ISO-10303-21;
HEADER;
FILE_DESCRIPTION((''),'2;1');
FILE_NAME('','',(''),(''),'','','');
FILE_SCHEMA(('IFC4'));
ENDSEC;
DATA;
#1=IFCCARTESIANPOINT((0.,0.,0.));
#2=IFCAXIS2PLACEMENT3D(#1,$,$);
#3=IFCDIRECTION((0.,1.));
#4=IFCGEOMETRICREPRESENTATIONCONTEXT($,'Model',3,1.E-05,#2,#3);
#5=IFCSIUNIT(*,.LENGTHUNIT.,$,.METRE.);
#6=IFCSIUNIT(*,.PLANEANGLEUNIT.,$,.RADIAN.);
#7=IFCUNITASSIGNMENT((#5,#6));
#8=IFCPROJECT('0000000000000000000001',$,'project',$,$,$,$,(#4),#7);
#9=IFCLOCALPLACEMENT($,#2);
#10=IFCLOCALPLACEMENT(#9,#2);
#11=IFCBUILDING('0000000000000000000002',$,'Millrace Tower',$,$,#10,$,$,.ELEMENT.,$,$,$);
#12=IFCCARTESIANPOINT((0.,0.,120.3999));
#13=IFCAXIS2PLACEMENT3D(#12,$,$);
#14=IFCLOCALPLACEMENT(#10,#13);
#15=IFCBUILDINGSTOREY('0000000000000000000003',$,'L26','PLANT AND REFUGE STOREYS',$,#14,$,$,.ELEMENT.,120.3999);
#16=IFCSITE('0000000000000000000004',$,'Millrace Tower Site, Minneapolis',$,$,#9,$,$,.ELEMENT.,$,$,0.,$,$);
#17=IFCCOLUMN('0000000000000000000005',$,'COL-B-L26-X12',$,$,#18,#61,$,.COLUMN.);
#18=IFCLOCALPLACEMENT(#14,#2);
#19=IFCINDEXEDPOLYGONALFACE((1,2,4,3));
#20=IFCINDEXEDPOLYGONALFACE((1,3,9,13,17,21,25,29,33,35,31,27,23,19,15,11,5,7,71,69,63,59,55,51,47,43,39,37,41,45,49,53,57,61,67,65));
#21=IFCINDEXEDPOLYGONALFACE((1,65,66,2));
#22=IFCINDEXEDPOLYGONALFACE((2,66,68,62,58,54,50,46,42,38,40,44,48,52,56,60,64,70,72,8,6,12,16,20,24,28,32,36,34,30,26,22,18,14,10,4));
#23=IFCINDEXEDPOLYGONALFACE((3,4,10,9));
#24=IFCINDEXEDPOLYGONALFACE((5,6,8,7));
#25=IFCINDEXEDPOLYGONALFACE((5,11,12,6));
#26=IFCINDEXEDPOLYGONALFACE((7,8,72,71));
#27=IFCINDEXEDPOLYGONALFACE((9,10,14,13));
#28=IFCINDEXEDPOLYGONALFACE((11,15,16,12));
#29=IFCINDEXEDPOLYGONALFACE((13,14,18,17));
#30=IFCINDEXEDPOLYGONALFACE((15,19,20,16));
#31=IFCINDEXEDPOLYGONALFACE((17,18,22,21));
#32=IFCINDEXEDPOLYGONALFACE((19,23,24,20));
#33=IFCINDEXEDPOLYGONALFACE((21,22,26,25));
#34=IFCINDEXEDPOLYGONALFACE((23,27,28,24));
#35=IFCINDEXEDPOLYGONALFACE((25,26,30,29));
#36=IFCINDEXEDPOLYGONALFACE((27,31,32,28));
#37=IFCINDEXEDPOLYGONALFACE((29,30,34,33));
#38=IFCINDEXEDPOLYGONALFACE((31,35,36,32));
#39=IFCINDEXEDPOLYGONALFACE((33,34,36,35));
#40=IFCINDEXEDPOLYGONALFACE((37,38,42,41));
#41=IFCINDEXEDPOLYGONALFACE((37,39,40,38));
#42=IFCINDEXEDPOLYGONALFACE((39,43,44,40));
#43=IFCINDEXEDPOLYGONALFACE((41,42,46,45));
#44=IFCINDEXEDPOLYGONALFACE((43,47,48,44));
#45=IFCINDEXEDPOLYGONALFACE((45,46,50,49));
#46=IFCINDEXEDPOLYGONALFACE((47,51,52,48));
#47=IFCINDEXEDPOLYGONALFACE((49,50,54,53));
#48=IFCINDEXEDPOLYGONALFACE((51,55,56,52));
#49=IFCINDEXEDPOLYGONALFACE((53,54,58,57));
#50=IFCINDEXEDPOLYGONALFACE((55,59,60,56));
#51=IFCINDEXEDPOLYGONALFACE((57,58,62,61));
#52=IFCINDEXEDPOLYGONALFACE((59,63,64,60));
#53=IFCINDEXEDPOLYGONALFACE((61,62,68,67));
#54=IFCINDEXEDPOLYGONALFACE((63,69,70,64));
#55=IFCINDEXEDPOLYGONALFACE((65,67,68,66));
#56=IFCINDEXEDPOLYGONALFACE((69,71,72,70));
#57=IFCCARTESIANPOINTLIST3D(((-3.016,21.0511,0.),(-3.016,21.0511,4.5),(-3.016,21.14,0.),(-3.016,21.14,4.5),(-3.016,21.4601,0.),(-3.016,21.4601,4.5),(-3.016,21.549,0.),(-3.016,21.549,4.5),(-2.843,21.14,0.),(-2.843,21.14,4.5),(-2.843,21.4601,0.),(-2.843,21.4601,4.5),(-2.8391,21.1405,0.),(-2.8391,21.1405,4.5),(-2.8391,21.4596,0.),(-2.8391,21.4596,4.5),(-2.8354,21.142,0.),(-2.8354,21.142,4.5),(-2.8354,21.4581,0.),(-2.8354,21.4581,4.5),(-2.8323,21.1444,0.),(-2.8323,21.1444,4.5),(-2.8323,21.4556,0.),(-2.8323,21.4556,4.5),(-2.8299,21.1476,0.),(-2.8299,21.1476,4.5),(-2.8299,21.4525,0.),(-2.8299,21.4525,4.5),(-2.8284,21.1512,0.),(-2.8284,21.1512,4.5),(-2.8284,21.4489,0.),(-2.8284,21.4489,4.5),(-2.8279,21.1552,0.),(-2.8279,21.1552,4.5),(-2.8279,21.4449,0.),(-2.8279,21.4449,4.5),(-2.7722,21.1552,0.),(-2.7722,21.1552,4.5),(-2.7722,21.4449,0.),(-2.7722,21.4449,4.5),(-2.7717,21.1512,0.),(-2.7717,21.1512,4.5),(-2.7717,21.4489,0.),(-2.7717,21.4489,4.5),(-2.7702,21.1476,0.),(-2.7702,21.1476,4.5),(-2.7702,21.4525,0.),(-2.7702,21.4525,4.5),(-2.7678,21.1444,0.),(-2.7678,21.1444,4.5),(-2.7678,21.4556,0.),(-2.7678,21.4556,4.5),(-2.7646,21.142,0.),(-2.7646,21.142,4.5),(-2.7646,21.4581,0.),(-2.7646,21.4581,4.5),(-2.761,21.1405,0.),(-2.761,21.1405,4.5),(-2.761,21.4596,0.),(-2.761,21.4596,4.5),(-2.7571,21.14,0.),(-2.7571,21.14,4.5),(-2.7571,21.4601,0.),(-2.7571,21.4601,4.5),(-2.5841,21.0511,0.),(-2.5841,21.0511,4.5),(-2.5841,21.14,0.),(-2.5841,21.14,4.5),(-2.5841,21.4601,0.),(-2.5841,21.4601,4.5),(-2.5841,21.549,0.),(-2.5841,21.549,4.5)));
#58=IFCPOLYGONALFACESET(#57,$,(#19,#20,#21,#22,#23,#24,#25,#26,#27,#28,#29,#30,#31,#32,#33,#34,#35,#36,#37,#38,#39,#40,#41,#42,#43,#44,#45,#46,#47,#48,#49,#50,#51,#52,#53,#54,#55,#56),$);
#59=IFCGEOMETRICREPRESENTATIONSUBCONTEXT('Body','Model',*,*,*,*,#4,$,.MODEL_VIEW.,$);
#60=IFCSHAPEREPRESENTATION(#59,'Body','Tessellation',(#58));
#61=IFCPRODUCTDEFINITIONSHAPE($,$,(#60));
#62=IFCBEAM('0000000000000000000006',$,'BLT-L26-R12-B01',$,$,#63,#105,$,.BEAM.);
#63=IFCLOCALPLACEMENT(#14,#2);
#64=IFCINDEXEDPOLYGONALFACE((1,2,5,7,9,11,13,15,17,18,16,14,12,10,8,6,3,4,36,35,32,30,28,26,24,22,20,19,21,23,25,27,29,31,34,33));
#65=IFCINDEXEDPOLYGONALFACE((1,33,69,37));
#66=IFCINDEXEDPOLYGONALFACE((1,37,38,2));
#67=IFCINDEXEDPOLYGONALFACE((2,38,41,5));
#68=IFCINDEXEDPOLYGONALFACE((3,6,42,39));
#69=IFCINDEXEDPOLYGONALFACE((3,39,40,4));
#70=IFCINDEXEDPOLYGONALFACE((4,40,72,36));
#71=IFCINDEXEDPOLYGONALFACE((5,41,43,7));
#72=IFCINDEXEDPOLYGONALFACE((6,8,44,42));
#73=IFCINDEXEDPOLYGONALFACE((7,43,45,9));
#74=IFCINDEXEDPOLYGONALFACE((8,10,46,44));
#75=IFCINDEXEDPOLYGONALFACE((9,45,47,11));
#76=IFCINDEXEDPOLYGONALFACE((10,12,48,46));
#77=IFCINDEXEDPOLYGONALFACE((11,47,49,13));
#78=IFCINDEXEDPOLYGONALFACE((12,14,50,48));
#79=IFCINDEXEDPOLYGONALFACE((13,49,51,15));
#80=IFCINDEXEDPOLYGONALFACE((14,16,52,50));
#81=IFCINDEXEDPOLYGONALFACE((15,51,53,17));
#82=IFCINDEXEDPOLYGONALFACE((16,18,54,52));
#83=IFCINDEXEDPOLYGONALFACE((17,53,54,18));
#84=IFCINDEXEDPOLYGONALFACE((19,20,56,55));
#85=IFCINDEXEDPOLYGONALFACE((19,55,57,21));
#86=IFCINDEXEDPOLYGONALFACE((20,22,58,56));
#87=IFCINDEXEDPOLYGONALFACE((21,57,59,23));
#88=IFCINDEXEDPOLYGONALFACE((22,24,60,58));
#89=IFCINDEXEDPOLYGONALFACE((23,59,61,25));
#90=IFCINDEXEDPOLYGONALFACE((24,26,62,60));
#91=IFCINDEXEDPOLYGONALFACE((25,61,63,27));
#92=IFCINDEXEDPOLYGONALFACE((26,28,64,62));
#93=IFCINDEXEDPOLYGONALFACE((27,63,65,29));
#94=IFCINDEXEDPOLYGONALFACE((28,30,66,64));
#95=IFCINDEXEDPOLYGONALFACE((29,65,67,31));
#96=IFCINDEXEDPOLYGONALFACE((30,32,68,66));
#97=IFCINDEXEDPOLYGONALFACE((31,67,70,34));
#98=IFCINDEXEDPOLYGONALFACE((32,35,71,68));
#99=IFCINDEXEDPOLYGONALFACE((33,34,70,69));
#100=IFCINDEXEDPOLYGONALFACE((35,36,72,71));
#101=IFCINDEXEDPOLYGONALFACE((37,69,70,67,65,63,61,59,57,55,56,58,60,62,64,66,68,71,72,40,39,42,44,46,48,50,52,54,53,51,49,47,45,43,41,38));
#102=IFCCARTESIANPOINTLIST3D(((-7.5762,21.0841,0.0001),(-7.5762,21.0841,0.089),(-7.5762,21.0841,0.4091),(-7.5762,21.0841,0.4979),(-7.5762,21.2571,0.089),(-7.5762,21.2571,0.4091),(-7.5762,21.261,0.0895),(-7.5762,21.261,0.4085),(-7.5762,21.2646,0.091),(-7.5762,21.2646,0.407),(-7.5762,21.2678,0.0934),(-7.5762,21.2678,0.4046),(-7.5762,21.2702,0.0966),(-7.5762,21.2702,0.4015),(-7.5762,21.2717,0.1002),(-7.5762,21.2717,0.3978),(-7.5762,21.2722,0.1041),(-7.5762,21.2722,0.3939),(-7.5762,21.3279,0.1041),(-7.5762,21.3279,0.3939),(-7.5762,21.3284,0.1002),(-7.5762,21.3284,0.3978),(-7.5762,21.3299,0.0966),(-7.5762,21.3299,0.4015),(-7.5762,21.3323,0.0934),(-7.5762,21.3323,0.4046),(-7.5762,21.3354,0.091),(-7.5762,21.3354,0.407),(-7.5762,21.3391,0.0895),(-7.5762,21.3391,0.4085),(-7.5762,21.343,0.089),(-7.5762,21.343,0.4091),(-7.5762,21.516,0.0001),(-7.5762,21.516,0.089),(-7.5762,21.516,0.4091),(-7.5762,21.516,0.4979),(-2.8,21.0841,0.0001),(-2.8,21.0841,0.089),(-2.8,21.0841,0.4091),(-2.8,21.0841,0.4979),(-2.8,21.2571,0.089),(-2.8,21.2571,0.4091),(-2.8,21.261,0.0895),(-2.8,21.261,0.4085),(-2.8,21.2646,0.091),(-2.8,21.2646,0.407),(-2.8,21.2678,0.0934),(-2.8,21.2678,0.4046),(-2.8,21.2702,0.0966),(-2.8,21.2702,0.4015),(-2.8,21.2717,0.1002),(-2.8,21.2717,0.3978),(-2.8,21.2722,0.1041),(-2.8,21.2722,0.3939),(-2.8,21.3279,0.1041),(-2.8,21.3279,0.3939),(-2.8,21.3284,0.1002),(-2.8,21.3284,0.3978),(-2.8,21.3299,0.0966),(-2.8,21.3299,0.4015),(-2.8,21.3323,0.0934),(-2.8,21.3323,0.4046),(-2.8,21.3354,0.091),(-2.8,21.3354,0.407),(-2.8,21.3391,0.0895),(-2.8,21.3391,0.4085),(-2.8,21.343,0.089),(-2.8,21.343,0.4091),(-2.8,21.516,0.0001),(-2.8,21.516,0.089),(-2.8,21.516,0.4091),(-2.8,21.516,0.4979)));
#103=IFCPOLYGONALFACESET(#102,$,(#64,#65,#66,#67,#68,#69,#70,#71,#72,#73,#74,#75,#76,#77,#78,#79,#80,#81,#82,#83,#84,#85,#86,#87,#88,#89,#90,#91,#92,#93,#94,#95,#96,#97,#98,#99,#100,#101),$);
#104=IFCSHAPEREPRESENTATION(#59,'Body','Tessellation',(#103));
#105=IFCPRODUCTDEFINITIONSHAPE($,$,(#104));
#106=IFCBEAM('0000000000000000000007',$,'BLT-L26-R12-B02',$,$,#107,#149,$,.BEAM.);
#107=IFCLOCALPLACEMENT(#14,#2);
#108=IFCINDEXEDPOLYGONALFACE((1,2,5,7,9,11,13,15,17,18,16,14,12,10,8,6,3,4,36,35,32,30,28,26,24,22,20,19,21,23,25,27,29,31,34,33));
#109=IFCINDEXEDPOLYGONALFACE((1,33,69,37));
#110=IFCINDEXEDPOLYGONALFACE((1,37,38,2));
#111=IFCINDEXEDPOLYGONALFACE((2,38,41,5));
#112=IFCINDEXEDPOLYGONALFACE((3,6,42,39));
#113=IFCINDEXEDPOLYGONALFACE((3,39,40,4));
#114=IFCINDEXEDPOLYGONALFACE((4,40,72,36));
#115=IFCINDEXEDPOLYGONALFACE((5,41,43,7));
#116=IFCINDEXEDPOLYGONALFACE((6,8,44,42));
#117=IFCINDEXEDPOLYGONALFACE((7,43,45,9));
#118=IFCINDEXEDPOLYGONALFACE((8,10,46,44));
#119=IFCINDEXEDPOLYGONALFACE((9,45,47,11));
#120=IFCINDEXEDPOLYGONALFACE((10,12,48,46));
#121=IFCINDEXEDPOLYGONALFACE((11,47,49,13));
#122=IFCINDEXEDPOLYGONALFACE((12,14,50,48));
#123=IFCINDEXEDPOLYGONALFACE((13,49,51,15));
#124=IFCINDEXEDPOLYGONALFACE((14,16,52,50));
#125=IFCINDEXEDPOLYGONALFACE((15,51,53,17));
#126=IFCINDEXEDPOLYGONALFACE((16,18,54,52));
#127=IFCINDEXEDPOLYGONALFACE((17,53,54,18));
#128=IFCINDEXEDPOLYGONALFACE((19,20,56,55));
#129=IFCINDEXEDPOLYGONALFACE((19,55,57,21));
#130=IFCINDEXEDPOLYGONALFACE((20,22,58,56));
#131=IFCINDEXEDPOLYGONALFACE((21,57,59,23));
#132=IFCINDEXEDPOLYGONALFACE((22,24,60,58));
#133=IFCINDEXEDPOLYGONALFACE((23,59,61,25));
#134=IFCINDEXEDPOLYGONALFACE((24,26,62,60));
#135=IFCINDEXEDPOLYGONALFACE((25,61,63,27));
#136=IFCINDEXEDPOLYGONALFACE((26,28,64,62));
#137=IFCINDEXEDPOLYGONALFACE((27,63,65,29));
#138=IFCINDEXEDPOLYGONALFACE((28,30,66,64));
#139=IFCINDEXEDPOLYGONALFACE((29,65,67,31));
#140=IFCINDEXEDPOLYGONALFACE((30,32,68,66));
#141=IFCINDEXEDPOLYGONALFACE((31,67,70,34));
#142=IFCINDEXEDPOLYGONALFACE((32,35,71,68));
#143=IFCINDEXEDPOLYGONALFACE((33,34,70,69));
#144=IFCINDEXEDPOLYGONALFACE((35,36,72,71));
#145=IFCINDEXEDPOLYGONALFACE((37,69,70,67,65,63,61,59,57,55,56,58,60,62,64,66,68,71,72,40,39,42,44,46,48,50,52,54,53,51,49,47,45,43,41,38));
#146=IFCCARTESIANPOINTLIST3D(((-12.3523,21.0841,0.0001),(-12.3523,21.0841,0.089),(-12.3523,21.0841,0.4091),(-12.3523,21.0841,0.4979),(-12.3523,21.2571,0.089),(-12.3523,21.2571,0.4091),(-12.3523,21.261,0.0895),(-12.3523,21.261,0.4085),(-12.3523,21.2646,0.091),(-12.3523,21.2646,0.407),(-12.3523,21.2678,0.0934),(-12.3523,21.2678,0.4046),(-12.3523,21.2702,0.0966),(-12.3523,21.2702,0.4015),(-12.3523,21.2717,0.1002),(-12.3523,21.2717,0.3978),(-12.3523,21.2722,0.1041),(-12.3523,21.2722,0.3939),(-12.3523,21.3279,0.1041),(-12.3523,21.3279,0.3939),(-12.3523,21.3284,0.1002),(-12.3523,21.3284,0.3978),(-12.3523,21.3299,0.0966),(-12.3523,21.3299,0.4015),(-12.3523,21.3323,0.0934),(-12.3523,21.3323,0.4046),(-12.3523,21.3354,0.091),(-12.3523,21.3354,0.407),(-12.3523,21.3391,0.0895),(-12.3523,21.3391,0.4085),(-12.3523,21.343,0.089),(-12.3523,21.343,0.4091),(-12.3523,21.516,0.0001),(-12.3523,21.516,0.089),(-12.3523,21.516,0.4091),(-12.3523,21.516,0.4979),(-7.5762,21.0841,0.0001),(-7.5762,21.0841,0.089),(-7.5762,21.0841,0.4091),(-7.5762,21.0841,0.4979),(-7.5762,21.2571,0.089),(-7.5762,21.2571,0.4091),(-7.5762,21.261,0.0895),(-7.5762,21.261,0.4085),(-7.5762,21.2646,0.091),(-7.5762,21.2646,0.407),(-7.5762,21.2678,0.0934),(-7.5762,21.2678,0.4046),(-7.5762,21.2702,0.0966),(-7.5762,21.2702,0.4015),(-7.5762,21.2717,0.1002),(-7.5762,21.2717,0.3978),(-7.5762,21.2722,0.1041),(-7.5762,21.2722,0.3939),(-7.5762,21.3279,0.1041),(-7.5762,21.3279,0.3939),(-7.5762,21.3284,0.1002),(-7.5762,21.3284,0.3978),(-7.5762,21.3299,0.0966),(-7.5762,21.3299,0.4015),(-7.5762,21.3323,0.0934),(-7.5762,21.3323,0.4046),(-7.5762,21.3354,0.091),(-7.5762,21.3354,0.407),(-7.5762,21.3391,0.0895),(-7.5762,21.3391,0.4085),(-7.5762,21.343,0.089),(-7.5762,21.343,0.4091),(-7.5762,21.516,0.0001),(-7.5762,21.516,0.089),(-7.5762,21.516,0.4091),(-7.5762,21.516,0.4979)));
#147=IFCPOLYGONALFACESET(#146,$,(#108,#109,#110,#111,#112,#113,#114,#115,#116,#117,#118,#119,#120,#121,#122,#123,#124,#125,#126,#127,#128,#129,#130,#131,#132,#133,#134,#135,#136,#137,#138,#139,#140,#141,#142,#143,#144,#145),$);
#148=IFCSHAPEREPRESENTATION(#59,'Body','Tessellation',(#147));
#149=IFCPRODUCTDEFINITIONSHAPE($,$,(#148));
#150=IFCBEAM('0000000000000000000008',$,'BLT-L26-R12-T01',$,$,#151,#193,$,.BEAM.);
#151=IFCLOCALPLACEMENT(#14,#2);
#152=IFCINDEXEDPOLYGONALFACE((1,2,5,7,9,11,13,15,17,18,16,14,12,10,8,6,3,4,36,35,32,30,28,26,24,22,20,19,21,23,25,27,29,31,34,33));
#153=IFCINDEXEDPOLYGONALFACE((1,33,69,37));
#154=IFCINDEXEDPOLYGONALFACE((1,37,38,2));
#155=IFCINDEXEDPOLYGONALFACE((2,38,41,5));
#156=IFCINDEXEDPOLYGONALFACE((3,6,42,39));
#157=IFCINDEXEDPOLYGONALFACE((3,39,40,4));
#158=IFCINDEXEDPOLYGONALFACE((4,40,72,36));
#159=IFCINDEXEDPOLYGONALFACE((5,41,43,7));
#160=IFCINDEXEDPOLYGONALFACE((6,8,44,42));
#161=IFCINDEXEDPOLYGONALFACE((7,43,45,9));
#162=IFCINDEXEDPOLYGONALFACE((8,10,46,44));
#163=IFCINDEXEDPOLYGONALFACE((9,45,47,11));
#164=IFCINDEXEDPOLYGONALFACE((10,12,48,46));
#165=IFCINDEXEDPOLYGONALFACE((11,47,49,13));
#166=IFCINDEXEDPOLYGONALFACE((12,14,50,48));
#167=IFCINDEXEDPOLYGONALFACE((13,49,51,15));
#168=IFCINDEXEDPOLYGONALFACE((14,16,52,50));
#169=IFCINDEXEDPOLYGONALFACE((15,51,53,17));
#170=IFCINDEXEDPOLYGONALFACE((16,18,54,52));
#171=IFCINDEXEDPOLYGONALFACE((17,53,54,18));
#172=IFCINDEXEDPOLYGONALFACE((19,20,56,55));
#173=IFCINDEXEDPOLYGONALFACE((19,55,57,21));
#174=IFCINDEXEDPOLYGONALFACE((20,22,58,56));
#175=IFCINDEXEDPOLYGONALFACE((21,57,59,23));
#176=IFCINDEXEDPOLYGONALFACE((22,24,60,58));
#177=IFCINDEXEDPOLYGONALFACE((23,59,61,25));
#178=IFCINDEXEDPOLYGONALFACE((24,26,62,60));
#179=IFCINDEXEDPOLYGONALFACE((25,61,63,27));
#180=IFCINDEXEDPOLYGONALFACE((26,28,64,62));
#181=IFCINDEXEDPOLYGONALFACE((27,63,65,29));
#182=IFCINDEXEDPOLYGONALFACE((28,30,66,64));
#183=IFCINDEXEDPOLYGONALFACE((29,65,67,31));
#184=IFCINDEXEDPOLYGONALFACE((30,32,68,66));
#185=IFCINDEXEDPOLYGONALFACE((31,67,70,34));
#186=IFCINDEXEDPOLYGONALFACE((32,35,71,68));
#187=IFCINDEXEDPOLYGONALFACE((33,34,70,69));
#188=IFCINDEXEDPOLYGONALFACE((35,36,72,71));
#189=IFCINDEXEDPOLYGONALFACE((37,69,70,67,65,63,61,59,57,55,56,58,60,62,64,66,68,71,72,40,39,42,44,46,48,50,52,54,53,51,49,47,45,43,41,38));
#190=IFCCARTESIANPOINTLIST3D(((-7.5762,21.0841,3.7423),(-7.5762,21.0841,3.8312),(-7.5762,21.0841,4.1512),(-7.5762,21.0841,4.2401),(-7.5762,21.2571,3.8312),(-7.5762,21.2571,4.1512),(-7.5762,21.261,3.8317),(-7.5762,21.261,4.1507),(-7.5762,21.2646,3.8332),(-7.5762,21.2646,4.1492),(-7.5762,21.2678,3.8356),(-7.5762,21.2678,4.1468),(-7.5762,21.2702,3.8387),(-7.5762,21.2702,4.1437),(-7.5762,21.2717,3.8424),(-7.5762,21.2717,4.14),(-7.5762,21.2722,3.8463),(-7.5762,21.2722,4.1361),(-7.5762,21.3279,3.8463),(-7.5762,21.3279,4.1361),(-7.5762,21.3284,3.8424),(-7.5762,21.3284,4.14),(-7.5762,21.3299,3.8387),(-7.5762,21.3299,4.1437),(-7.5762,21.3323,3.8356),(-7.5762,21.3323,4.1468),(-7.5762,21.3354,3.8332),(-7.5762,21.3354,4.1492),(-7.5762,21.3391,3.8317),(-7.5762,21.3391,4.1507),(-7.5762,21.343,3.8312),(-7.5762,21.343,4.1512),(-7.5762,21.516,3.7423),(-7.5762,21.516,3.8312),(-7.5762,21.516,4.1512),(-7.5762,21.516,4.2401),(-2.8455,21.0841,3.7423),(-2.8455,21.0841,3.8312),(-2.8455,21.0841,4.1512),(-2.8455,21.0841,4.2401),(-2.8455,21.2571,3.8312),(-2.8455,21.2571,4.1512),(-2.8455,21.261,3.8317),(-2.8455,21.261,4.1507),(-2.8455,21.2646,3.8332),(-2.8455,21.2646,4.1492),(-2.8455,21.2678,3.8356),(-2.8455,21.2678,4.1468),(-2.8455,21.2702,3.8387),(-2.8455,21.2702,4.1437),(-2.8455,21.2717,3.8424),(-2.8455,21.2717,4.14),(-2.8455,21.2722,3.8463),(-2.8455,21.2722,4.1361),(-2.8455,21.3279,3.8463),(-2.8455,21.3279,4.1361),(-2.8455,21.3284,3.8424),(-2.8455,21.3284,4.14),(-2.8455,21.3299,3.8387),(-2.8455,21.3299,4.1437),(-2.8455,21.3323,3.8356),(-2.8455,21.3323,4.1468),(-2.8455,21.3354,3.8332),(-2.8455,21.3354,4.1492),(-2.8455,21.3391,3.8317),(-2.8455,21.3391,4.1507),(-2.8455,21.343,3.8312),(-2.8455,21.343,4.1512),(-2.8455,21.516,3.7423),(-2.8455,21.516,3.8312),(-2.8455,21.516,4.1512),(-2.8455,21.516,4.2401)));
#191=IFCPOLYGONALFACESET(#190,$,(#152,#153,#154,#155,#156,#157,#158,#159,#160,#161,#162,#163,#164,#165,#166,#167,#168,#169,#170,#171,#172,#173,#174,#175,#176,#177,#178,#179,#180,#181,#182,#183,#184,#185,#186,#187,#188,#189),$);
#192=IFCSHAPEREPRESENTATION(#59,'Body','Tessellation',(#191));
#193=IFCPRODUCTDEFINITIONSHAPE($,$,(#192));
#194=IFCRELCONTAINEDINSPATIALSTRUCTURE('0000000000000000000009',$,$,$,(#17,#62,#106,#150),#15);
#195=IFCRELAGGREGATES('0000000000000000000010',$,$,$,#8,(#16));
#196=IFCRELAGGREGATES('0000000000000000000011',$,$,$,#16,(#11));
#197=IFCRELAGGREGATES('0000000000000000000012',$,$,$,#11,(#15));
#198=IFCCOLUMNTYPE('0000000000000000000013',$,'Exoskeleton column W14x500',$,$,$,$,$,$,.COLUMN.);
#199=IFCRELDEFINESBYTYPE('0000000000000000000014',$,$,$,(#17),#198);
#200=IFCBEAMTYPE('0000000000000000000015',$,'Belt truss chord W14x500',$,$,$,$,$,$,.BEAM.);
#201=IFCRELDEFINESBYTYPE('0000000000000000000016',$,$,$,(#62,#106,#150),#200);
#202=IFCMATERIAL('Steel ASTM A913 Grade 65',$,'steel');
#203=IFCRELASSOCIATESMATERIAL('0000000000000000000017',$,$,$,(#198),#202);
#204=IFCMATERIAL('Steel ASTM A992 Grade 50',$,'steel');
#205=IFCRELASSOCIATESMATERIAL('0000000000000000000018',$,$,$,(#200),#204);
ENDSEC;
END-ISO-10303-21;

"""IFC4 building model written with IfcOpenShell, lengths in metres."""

from ifc_helpers import new_model, si_unit, direction, frame, origin, origin_2d, place, context, subcontext, project, spatial, i_section, extrude, material, material_profile, profile_set, type_object, element, save


model = new_model("IFC4")

# Units and contexts
model_context = context("Model", 3, precision=1e-05, world=origin(), true_north=direction((0.0, 1.0)))
body_context = subcontext(model_context, "Body", "Model", "MODEL_VIEW")
ifc_project = project(units=[si_unit("LENGTHUNIT", "METRE"), si_unit("PLANEANGLEUNIT", "RADIAN")], contexts=[model_context])

# Site, building, storey
site_placement = place(None, origin())
site = spatial("IfcSite", under=ifc_project, at=site_placement, Name="Millrace Tower Site, Minneapolis", CompositionType="ELEMENT", RefElevation=0.0)
building_placement = place(site_placement, origin())
building = spatial("IfcBuilding", under=site, at=building_placement, Name="Millrace Tower", CompositionType="ELEMENT")
storey_placement = place(building_placement, frame((0.0, 0.0, 120.3999)))
storey = spatial("IfcBuildingStorey", under=building, at=storey_placement, Name="L26", Description="PLANT AND REFUGE STOREYS", CompositionType="ELEMENT", Elevation=120.3999)

# Column
ifc_material_1 = material(Name="Steel ASTM A913 Grade 65", Category="steel")
ifc_material_profile_1 = material_profile(ifc_material_1, i_section(OverallWidth=0.4319, OverallDepth=0.4978, WebThickness=0.0557, FlangeThickness=0.0889, FilletRadius=0.0151, at=origin_2d()))
ifc_profile_set_1 = profile_set([ifc_material_profile_1], Name="Steel ASTM A913 Grade 65")
column_type = type_object("IfcColumnType", Name="Exoskeleton column W14x500", PredefinedType="COLUMN", material=ifc_profile_set_1)
column_placement = place(storey_placement, frame((-2.8, 21.3, 0.0), z_axis=(0.0, 0.0, 1.0), x_axis=(-1.0, 0.0, 0.0)))
element("IfcColumn", 1, at=column_placement, inside=storey, type_object=column_type, Name="COL-B-L26-X12", PredefinedType="COLUMN", context=body_context, shape_type="SweptSolid", body=[
    extrude(i_section(OverallWidth=0.4319, OverallDepth=0.4978, WebThickness=0.0557, FlangeThickness=0.0889, FilletRadius=0.0151, at=origin_2d()), origin(), (0.0, 0.0, 1.0), 4.5),
])

# Beams
ifc_material_2 = material(Name="Steel ASTM A992 Grade 50", Category="steel")
ifc_material_profile_2 = material_profile(ifc_material_2, i_section(OverallWidth=0.4319, OverallDepth=0.4978, WebThickness=0.0557, FlangeThickness=0.0889, FilletRadius=0.0151, at=origin_2d()))
ifc_profile_set_2 = profile_set([ifc_material_profile_2], Name="Steel ASTM A992 Grade 50")
beam_type_1 = type_object("IfcBeamType", Name="Belt truss chord W14x500", PredefinedType="BEAM", material=ifc_profile_set_2)
for number, where, z_axis, x_axis, name in (
    (2, (-2.8, 21.3, 0.249), (-1.0, 0.0, 0.0), (0.0, -1.0, 0.0), "BLT-L26-R12-B01"),
    (3, (-7.5762, 21.3, 0.249), (-1.0, 0.0, 0.0), (0.0, -1.0, 0.0), "BLT-L26-R12-B02"),
):
    element("IfcBeam", number, at=place(storey_placement, frame(where, z_axis=z_axis, x_axis=x_axis)), inside=storey, type_object=beam_type_1, Name=name, PredefinedType="BEAM", context=body_context, shape_type="SweptSolid", body=[
        extrude(i_section(OverallWidth=0.4319, OverallDepth=0.4978, WebThickness=0.0557, FlangeThickness=0.0889, FilletRadius=0.0151, at=origin_2d()), origin(), (0.0, 0.0, 1.0), 4.7761),
    ])
beam_1_placement = place(storey_placement, frame((-2.8455, 21.3, 3.9912), z_axis=(-1.0, 0.0, 0.0), x_axis=(0.0, -1.0, 0.0)))
element("IfcBeam", 4, at=beam_1_placement, inside=storey, type_object=beam_type_1, Name="BLT-L26-R12-T01", PredefinedType="BEAM", context=body_context, shape_type="SweptSolid", body=[
    extrude(i_section(OverallWidth=0.4319, OverallDepth=0.4978, WebThickness=0.0557, FlangeThickness=0.0889, FilletRadius=0.0151, at=origin_2d()), origin(), (0.0, 0.0, 1.0), 4.7307),
])

save(model, "model.ifc")
